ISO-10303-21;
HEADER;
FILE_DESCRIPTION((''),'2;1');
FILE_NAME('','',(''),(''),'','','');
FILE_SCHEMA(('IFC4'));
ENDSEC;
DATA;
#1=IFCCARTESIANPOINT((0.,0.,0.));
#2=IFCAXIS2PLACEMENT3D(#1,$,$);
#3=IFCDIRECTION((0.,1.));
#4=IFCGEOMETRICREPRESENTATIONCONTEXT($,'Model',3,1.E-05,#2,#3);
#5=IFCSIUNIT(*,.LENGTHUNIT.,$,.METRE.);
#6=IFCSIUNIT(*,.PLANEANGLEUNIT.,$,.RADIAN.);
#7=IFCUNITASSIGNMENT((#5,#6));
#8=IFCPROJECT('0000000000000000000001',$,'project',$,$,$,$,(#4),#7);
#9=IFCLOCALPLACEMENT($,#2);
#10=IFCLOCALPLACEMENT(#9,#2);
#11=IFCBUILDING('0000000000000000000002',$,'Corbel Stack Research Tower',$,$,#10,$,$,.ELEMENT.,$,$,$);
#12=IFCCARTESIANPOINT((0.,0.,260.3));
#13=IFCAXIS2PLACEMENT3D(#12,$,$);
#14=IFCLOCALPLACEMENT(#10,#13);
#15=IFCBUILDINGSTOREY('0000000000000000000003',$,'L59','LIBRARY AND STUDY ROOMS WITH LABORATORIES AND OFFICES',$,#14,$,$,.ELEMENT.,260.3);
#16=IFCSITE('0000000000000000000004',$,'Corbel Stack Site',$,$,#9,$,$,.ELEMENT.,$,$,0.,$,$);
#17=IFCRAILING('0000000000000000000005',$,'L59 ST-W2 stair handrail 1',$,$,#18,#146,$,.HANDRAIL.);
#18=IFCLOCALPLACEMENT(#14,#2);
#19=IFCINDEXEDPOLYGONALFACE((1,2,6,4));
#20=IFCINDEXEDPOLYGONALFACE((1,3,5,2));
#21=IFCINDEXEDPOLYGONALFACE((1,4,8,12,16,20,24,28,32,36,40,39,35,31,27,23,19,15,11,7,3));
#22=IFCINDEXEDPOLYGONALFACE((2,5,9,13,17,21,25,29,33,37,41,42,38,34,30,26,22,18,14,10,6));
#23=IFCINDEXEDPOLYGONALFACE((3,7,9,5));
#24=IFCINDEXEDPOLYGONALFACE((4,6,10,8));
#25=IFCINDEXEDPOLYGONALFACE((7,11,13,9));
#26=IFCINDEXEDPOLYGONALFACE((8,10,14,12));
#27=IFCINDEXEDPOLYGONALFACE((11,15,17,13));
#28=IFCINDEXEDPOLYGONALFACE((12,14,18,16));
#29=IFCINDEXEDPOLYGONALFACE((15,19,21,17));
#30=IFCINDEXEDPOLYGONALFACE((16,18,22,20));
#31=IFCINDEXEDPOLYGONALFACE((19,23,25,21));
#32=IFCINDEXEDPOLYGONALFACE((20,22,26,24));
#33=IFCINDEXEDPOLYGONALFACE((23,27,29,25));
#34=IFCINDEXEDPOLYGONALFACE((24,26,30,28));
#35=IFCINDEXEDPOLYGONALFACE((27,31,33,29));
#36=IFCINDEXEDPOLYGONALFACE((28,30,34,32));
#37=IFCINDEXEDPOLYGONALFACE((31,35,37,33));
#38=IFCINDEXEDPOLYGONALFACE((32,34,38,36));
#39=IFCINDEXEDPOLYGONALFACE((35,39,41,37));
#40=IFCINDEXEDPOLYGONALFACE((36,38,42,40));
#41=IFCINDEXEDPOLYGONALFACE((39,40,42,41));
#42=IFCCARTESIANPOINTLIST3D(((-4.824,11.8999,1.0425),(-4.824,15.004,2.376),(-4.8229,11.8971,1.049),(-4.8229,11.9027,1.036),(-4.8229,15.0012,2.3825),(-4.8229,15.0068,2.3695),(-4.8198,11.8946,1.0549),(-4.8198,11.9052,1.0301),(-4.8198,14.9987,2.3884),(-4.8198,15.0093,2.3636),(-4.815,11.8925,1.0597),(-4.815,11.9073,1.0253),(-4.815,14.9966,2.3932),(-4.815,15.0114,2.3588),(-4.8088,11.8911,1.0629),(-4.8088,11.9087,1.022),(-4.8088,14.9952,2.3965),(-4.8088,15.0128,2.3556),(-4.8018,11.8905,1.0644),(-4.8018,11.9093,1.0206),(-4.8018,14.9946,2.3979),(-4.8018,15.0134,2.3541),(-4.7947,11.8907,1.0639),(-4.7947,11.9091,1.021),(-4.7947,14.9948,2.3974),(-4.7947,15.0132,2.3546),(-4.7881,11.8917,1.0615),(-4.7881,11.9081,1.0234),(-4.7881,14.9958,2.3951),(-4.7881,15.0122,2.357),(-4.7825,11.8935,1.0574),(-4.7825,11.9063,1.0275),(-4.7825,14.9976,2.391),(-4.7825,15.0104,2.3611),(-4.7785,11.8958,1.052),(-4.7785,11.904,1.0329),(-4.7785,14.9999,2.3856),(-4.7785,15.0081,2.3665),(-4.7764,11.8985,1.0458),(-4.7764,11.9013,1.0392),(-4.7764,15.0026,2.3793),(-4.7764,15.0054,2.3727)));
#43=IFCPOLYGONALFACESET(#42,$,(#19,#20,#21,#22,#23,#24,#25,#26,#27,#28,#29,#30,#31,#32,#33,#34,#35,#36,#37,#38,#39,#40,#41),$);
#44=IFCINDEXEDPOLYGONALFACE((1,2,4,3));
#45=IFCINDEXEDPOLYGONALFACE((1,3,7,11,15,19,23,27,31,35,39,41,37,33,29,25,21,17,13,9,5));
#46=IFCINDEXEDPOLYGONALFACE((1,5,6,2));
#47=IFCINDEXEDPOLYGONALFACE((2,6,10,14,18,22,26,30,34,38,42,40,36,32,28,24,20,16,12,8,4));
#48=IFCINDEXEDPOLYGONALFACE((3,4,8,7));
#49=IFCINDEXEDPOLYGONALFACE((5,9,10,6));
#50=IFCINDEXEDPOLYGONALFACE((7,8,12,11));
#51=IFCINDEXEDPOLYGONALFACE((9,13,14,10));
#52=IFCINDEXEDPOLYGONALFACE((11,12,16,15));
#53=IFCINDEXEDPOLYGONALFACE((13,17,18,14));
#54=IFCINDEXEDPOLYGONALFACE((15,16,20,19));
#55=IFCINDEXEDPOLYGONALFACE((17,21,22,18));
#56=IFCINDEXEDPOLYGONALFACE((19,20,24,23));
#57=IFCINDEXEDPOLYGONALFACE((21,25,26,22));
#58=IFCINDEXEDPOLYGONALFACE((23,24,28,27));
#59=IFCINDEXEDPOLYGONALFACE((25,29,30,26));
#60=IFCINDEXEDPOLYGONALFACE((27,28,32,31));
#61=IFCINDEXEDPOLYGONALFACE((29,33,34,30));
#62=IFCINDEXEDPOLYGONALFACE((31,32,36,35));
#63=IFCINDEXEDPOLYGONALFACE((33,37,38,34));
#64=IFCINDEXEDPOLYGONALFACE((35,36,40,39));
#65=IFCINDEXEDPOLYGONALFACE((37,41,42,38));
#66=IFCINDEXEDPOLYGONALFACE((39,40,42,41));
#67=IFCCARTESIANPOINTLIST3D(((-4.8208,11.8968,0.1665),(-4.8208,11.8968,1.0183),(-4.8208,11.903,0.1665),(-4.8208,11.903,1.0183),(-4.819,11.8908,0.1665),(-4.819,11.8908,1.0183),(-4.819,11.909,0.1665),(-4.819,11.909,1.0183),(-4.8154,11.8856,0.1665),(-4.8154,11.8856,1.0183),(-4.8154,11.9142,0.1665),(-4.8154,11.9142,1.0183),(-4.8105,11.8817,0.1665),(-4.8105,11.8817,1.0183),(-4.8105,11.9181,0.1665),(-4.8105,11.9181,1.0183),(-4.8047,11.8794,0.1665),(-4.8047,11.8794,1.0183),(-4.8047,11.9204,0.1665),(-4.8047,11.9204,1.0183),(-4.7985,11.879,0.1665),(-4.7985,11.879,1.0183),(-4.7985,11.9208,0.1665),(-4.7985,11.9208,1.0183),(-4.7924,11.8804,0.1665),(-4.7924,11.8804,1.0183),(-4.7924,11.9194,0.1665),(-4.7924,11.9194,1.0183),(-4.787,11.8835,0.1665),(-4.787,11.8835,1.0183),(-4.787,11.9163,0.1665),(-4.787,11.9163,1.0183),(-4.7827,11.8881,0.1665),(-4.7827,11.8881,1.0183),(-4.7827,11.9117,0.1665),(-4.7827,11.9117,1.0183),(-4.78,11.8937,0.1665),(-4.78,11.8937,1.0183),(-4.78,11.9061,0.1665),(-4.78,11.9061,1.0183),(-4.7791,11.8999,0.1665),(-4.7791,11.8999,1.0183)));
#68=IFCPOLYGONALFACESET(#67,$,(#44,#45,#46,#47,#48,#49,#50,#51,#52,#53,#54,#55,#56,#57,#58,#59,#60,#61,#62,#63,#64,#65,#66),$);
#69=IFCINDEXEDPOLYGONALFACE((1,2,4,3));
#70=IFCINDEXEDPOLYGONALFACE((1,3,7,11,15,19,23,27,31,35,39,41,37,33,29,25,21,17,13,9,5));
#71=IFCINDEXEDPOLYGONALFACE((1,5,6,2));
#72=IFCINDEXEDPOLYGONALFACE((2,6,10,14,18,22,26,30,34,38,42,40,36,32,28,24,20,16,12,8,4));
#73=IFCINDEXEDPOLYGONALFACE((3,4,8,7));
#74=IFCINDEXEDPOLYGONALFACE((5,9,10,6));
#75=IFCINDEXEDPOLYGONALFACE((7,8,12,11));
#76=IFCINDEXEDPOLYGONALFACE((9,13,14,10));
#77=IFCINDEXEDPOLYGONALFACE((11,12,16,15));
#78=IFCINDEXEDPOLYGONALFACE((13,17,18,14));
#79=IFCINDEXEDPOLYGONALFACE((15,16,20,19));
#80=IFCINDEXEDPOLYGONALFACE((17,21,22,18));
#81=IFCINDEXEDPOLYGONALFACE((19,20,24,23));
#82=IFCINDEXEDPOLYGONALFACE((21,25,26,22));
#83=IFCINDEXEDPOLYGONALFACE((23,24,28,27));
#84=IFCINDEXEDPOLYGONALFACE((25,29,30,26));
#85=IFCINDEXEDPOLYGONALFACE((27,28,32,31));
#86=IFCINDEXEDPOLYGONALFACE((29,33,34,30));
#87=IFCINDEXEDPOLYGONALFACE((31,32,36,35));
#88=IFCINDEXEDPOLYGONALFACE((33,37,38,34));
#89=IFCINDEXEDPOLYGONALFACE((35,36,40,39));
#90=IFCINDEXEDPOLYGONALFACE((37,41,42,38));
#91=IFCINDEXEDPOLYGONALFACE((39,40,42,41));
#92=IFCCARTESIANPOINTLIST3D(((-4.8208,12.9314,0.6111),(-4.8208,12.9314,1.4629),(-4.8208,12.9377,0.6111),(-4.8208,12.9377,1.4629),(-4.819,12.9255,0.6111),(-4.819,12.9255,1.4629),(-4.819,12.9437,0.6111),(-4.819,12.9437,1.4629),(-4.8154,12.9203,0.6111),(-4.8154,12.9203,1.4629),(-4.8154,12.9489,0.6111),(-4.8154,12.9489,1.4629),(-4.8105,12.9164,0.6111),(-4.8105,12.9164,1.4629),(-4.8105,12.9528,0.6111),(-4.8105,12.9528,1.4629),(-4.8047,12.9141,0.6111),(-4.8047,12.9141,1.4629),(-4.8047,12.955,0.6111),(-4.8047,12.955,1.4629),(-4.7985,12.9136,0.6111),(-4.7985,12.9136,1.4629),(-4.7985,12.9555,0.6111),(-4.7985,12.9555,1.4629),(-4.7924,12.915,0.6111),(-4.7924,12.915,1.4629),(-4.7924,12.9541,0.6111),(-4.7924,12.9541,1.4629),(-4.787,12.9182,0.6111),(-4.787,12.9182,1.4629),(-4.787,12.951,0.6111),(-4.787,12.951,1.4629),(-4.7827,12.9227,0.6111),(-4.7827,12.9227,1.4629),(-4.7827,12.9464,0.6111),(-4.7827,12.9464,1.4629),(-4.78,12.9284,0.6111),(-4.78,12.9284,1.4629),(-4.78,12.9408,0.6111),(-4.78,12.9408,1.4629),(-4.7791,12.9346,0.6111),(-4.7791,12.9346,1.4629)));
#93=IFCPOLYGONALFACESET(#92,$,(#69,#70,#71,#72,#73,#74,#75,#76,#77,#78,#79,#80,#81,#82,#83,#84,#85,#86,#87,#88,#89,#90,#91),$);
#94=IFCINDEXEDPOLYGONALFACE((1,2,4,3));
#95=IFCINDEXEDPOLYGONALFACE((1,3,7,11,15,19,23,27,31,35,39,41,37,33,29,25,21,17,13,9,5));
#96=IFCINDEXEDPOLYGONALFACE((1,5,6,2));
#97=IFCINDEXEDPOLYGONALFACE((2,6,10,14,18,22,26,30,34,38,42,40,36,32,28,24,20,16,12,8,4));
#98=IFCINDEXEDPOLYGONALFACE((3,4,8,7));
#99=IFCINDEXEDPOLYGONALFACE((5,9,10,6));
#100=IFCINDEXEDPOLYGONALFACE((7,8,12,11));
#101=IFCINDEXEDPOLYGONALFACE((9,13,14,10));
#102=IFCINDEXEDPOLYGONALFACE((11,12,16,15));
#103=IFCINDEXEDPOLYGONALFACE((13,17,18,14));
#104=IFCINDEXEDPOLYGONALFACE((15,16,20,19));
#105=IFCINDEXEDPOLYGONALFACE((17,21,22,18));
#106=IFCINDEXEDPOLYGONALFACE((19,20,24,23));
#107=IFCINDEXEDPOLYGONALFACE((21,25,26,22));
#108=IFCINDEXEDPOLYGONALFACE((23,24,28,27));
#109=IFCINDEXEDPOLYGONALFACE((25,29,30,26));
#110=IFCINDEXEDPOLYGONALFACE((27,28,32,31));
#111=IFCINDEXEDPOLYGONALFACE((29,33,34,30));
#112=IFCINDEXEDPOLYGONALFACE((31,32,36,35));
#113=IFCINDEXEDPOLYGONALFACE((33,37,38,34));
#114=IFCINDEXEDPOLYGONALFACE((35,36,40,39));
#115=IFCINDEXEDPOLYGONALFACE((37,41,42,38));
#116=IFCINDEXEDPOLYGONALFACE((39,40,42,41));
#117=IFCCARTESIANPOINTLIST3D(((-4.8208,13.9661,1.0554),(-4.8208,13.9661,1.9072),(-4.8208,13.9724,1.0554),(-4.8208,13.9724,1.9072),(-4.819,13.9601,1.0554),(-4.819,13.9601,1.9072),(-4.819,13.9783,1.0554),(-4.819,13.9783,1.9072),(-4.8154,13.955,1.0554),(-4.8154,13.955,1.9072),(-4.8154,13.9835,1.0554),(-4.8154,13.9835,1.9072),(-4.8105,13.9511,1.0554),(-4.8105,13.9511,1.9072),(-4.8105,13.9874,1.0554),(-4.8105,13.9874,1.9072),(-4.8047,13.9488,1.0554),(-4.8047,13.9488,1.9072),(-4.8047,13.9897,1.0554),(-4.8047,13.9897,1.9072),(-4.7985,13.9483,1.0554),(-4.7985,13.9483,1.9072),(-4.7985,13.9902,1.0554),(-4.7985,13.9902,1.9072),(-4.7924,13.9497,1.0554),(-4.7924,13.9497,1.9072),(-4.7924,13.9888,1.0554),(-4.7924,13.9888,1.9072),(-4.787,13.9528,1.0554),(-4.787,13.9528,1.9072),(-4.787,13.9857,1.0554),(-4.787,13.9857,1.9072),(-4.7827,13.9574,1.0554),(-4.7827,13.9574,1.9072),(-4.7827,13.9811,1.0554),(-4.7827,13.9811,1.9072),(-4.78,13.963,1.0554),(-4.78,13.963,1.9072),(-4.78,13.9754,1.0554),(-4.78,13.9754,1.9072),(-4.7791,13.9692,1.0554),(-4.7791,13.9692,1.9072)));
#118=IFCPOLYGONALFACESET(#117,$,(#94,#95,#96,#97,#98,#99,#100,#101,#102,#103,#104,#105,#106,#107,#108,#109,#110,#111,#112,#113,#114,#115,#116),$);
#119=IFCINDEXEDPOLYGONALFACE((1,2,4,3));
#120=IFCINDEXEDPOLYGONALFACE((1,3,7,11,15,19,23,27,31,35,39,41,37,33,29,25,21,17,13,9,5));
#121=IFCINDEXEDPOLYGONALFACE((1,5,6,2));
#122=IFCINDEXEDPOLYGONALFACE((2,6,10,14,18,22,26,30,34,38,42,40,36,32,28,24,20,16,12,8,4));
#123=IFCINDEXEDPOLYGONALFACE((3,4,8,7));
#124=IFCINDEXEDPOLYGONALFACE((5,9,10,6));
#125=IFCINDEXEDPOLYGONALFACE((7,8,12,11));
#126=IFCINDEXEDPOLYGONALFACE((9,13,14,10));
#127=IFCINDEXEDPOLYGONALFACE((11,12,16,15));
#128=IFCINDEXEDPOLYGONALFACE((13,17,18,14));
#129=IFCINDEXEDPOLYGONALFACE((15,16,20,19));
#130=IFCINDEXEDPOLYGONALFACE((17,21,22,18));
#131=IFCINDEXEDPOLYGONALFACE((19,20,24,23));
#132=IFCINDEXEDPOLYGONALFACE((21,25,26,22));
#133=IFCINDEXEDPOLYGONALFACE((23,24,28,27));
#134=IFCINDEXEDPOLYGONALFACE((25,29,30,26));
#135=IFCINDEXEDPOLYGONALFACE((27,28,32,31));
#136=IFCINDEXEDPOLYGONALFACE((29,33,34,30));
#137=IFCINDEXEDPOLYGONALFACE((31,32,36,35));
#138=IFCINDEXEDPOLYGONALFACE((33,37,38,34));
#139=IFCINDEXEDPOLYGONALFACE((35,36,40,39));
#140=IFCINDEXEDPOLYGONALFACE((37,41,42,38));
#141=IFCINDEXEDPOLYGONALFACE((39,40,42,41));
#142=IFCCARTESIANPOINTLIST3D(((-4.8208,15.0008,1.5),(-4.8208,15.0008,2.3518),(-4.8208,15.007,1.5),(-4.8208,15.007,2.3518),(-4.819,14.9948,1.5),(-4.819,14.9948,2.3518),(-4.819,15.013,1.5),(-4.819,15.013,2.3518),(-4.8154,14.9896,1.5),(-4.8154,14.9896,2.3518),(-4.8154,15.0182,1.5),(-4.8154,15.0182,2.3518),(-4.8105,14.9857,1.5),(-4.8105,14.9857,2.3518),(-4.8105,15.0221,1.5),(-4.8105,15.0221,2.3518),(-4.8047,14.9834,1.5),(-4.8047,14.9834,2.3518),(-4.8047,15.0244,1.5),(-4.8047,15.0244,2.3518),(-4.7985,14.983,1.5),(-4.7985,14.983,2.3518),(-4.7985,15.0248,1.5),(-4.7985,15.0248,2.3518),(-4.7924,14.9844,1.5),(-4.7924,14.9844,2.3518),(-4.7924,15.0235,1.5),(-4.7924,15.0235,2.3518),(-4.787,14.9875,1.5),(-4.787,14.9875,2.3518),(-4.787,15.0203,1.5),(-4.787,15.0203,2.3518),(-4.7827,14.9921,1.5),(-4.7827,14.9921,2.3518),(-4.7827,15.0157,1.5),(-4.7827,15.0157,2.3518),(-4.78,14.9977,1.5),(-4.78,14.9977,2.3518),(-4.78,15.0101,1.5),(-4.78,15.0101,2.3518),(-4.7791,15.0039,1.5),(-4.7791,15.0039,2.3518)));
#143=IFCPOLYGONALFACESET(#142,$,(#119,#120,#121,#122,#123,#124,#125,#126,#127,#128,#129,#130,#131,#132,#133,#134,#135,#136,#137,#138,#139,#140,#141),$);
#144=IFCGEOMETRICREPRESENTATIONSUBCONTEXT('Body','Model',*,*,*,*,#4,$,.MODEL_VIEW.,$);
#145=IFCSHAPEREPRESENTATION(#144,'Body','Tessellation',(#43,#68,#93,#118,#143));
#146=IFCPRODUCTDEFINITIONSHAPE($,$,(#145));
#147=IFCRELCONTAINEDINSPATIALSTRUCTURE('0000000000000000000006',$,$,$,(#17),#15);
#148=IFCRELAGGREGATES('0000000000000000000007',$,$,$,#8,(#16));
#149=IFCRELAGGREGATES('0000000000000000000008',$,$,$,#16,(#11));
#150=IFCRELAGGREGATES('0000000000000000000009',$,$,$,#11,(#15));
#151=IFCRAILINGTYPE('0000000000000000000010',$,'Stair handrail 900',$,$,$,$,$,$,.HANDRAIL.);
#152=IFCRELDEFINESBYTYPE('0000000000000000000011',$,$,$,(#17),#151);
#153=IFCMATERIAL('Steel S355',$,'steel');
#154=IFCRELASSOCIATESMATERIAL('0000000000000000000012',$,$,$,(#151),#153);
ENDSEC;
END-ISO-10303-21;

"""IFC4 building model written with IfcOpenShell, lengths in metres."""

from ifc_helpers import new_model, si_unit, direction, frame, origin, origin_2d, place, context, subcontext, project, spatial, circle, extrude, material, type_object, element, save


model = new_model("IFC4")

# Units and contexts
model_context = context("Model", 3, precision=1e-05, world=origin(), true_north=direction((0.0, 1.0)))
body_context = subcontext(model_context, "Body", "Model", "MODEL_VIEW")
ifc_project = project(units=[si_unit("LENGTHUNIT", "METRE"), si_unit("PLANEANGLEUNIT", "RADIAN")], contexts=[model_context])

# Site, building, storey
site_placement = place(None, origin())
site = spatial("IfcSite", under=ifc_project, at=site_placement, Name="Corbel Stack Site", CompositionType="ELEMENT", RefElevation=0.0)
building_placement = place(site_placement, origin())
building = spatial("IfcBuilding", under=site, at=building_placement, Name="Corbel Stack Research Tower", CompositionType="ELEMENT")
storey_placement = place(building_placement, frame((0.0, 0.0, 260.3)))
storey = spatial("IfcBuildingStorey", under=building, at=storey_placement, Name="L59", Description="LIBRARY AND STUDY ROOMS WITH LABORATORIES AND OFFICES", CompositionType="ELEMENT", Elevation=260.3)

# Railing
ifc_material_1 = material(Name="Steel S355", Category="steel")
railing_type_1 = type_object("IfcRailingType", Name="Stair handrail 900", PredefinedType="HANDRAIL", material=ifc_material_1)
for number, where, name in (
    (1, (-4.8, 11.8999, 0.1665), "L59 ST-W2 stair handrail 1"),
):
    element("IfcRailing", number, at=place(storey_placement, frame(where)), inside=storey, type_object=railing_type_1, Name=name, PredefinedType="HANDRAIL", context=body_context, shape_type="SweptSolid", body=[
        extrude(circle(Radius=0.0239, at=origin_2d()), frame((0.0, 0.0, 0.876), z_axis=(0.0, 0.918801, 0.394722), x_axis=(-1.0, 0.0, 0.0)), (0.0, 0.0, 1.0), 3.3784),
        extrude(circle(Radius=0.021, at=origin_2d()), origin(), (0.0, 0.0, 1.0), 0.8518),
        extrude(circle(Radius=0.021, at=origin_2d()), frame((0.0, 1.0347, 0.4446)), (0.0, 0.0, 1.0), 0.8518),
        extrude(circle(Radius=0.021, at=origin_2d()), frame((0.0, 2.0693, 0.8889)), (0.0, 0.0, 1.0), 0.8518),
        extrude(circle(Radius=0.021, at=origin_2d()), frame((0.0, 3.104, 1.3335)), (0.0, 0.0, 1.0), 0.8518),
    ])

save(model, "model.ifc")
